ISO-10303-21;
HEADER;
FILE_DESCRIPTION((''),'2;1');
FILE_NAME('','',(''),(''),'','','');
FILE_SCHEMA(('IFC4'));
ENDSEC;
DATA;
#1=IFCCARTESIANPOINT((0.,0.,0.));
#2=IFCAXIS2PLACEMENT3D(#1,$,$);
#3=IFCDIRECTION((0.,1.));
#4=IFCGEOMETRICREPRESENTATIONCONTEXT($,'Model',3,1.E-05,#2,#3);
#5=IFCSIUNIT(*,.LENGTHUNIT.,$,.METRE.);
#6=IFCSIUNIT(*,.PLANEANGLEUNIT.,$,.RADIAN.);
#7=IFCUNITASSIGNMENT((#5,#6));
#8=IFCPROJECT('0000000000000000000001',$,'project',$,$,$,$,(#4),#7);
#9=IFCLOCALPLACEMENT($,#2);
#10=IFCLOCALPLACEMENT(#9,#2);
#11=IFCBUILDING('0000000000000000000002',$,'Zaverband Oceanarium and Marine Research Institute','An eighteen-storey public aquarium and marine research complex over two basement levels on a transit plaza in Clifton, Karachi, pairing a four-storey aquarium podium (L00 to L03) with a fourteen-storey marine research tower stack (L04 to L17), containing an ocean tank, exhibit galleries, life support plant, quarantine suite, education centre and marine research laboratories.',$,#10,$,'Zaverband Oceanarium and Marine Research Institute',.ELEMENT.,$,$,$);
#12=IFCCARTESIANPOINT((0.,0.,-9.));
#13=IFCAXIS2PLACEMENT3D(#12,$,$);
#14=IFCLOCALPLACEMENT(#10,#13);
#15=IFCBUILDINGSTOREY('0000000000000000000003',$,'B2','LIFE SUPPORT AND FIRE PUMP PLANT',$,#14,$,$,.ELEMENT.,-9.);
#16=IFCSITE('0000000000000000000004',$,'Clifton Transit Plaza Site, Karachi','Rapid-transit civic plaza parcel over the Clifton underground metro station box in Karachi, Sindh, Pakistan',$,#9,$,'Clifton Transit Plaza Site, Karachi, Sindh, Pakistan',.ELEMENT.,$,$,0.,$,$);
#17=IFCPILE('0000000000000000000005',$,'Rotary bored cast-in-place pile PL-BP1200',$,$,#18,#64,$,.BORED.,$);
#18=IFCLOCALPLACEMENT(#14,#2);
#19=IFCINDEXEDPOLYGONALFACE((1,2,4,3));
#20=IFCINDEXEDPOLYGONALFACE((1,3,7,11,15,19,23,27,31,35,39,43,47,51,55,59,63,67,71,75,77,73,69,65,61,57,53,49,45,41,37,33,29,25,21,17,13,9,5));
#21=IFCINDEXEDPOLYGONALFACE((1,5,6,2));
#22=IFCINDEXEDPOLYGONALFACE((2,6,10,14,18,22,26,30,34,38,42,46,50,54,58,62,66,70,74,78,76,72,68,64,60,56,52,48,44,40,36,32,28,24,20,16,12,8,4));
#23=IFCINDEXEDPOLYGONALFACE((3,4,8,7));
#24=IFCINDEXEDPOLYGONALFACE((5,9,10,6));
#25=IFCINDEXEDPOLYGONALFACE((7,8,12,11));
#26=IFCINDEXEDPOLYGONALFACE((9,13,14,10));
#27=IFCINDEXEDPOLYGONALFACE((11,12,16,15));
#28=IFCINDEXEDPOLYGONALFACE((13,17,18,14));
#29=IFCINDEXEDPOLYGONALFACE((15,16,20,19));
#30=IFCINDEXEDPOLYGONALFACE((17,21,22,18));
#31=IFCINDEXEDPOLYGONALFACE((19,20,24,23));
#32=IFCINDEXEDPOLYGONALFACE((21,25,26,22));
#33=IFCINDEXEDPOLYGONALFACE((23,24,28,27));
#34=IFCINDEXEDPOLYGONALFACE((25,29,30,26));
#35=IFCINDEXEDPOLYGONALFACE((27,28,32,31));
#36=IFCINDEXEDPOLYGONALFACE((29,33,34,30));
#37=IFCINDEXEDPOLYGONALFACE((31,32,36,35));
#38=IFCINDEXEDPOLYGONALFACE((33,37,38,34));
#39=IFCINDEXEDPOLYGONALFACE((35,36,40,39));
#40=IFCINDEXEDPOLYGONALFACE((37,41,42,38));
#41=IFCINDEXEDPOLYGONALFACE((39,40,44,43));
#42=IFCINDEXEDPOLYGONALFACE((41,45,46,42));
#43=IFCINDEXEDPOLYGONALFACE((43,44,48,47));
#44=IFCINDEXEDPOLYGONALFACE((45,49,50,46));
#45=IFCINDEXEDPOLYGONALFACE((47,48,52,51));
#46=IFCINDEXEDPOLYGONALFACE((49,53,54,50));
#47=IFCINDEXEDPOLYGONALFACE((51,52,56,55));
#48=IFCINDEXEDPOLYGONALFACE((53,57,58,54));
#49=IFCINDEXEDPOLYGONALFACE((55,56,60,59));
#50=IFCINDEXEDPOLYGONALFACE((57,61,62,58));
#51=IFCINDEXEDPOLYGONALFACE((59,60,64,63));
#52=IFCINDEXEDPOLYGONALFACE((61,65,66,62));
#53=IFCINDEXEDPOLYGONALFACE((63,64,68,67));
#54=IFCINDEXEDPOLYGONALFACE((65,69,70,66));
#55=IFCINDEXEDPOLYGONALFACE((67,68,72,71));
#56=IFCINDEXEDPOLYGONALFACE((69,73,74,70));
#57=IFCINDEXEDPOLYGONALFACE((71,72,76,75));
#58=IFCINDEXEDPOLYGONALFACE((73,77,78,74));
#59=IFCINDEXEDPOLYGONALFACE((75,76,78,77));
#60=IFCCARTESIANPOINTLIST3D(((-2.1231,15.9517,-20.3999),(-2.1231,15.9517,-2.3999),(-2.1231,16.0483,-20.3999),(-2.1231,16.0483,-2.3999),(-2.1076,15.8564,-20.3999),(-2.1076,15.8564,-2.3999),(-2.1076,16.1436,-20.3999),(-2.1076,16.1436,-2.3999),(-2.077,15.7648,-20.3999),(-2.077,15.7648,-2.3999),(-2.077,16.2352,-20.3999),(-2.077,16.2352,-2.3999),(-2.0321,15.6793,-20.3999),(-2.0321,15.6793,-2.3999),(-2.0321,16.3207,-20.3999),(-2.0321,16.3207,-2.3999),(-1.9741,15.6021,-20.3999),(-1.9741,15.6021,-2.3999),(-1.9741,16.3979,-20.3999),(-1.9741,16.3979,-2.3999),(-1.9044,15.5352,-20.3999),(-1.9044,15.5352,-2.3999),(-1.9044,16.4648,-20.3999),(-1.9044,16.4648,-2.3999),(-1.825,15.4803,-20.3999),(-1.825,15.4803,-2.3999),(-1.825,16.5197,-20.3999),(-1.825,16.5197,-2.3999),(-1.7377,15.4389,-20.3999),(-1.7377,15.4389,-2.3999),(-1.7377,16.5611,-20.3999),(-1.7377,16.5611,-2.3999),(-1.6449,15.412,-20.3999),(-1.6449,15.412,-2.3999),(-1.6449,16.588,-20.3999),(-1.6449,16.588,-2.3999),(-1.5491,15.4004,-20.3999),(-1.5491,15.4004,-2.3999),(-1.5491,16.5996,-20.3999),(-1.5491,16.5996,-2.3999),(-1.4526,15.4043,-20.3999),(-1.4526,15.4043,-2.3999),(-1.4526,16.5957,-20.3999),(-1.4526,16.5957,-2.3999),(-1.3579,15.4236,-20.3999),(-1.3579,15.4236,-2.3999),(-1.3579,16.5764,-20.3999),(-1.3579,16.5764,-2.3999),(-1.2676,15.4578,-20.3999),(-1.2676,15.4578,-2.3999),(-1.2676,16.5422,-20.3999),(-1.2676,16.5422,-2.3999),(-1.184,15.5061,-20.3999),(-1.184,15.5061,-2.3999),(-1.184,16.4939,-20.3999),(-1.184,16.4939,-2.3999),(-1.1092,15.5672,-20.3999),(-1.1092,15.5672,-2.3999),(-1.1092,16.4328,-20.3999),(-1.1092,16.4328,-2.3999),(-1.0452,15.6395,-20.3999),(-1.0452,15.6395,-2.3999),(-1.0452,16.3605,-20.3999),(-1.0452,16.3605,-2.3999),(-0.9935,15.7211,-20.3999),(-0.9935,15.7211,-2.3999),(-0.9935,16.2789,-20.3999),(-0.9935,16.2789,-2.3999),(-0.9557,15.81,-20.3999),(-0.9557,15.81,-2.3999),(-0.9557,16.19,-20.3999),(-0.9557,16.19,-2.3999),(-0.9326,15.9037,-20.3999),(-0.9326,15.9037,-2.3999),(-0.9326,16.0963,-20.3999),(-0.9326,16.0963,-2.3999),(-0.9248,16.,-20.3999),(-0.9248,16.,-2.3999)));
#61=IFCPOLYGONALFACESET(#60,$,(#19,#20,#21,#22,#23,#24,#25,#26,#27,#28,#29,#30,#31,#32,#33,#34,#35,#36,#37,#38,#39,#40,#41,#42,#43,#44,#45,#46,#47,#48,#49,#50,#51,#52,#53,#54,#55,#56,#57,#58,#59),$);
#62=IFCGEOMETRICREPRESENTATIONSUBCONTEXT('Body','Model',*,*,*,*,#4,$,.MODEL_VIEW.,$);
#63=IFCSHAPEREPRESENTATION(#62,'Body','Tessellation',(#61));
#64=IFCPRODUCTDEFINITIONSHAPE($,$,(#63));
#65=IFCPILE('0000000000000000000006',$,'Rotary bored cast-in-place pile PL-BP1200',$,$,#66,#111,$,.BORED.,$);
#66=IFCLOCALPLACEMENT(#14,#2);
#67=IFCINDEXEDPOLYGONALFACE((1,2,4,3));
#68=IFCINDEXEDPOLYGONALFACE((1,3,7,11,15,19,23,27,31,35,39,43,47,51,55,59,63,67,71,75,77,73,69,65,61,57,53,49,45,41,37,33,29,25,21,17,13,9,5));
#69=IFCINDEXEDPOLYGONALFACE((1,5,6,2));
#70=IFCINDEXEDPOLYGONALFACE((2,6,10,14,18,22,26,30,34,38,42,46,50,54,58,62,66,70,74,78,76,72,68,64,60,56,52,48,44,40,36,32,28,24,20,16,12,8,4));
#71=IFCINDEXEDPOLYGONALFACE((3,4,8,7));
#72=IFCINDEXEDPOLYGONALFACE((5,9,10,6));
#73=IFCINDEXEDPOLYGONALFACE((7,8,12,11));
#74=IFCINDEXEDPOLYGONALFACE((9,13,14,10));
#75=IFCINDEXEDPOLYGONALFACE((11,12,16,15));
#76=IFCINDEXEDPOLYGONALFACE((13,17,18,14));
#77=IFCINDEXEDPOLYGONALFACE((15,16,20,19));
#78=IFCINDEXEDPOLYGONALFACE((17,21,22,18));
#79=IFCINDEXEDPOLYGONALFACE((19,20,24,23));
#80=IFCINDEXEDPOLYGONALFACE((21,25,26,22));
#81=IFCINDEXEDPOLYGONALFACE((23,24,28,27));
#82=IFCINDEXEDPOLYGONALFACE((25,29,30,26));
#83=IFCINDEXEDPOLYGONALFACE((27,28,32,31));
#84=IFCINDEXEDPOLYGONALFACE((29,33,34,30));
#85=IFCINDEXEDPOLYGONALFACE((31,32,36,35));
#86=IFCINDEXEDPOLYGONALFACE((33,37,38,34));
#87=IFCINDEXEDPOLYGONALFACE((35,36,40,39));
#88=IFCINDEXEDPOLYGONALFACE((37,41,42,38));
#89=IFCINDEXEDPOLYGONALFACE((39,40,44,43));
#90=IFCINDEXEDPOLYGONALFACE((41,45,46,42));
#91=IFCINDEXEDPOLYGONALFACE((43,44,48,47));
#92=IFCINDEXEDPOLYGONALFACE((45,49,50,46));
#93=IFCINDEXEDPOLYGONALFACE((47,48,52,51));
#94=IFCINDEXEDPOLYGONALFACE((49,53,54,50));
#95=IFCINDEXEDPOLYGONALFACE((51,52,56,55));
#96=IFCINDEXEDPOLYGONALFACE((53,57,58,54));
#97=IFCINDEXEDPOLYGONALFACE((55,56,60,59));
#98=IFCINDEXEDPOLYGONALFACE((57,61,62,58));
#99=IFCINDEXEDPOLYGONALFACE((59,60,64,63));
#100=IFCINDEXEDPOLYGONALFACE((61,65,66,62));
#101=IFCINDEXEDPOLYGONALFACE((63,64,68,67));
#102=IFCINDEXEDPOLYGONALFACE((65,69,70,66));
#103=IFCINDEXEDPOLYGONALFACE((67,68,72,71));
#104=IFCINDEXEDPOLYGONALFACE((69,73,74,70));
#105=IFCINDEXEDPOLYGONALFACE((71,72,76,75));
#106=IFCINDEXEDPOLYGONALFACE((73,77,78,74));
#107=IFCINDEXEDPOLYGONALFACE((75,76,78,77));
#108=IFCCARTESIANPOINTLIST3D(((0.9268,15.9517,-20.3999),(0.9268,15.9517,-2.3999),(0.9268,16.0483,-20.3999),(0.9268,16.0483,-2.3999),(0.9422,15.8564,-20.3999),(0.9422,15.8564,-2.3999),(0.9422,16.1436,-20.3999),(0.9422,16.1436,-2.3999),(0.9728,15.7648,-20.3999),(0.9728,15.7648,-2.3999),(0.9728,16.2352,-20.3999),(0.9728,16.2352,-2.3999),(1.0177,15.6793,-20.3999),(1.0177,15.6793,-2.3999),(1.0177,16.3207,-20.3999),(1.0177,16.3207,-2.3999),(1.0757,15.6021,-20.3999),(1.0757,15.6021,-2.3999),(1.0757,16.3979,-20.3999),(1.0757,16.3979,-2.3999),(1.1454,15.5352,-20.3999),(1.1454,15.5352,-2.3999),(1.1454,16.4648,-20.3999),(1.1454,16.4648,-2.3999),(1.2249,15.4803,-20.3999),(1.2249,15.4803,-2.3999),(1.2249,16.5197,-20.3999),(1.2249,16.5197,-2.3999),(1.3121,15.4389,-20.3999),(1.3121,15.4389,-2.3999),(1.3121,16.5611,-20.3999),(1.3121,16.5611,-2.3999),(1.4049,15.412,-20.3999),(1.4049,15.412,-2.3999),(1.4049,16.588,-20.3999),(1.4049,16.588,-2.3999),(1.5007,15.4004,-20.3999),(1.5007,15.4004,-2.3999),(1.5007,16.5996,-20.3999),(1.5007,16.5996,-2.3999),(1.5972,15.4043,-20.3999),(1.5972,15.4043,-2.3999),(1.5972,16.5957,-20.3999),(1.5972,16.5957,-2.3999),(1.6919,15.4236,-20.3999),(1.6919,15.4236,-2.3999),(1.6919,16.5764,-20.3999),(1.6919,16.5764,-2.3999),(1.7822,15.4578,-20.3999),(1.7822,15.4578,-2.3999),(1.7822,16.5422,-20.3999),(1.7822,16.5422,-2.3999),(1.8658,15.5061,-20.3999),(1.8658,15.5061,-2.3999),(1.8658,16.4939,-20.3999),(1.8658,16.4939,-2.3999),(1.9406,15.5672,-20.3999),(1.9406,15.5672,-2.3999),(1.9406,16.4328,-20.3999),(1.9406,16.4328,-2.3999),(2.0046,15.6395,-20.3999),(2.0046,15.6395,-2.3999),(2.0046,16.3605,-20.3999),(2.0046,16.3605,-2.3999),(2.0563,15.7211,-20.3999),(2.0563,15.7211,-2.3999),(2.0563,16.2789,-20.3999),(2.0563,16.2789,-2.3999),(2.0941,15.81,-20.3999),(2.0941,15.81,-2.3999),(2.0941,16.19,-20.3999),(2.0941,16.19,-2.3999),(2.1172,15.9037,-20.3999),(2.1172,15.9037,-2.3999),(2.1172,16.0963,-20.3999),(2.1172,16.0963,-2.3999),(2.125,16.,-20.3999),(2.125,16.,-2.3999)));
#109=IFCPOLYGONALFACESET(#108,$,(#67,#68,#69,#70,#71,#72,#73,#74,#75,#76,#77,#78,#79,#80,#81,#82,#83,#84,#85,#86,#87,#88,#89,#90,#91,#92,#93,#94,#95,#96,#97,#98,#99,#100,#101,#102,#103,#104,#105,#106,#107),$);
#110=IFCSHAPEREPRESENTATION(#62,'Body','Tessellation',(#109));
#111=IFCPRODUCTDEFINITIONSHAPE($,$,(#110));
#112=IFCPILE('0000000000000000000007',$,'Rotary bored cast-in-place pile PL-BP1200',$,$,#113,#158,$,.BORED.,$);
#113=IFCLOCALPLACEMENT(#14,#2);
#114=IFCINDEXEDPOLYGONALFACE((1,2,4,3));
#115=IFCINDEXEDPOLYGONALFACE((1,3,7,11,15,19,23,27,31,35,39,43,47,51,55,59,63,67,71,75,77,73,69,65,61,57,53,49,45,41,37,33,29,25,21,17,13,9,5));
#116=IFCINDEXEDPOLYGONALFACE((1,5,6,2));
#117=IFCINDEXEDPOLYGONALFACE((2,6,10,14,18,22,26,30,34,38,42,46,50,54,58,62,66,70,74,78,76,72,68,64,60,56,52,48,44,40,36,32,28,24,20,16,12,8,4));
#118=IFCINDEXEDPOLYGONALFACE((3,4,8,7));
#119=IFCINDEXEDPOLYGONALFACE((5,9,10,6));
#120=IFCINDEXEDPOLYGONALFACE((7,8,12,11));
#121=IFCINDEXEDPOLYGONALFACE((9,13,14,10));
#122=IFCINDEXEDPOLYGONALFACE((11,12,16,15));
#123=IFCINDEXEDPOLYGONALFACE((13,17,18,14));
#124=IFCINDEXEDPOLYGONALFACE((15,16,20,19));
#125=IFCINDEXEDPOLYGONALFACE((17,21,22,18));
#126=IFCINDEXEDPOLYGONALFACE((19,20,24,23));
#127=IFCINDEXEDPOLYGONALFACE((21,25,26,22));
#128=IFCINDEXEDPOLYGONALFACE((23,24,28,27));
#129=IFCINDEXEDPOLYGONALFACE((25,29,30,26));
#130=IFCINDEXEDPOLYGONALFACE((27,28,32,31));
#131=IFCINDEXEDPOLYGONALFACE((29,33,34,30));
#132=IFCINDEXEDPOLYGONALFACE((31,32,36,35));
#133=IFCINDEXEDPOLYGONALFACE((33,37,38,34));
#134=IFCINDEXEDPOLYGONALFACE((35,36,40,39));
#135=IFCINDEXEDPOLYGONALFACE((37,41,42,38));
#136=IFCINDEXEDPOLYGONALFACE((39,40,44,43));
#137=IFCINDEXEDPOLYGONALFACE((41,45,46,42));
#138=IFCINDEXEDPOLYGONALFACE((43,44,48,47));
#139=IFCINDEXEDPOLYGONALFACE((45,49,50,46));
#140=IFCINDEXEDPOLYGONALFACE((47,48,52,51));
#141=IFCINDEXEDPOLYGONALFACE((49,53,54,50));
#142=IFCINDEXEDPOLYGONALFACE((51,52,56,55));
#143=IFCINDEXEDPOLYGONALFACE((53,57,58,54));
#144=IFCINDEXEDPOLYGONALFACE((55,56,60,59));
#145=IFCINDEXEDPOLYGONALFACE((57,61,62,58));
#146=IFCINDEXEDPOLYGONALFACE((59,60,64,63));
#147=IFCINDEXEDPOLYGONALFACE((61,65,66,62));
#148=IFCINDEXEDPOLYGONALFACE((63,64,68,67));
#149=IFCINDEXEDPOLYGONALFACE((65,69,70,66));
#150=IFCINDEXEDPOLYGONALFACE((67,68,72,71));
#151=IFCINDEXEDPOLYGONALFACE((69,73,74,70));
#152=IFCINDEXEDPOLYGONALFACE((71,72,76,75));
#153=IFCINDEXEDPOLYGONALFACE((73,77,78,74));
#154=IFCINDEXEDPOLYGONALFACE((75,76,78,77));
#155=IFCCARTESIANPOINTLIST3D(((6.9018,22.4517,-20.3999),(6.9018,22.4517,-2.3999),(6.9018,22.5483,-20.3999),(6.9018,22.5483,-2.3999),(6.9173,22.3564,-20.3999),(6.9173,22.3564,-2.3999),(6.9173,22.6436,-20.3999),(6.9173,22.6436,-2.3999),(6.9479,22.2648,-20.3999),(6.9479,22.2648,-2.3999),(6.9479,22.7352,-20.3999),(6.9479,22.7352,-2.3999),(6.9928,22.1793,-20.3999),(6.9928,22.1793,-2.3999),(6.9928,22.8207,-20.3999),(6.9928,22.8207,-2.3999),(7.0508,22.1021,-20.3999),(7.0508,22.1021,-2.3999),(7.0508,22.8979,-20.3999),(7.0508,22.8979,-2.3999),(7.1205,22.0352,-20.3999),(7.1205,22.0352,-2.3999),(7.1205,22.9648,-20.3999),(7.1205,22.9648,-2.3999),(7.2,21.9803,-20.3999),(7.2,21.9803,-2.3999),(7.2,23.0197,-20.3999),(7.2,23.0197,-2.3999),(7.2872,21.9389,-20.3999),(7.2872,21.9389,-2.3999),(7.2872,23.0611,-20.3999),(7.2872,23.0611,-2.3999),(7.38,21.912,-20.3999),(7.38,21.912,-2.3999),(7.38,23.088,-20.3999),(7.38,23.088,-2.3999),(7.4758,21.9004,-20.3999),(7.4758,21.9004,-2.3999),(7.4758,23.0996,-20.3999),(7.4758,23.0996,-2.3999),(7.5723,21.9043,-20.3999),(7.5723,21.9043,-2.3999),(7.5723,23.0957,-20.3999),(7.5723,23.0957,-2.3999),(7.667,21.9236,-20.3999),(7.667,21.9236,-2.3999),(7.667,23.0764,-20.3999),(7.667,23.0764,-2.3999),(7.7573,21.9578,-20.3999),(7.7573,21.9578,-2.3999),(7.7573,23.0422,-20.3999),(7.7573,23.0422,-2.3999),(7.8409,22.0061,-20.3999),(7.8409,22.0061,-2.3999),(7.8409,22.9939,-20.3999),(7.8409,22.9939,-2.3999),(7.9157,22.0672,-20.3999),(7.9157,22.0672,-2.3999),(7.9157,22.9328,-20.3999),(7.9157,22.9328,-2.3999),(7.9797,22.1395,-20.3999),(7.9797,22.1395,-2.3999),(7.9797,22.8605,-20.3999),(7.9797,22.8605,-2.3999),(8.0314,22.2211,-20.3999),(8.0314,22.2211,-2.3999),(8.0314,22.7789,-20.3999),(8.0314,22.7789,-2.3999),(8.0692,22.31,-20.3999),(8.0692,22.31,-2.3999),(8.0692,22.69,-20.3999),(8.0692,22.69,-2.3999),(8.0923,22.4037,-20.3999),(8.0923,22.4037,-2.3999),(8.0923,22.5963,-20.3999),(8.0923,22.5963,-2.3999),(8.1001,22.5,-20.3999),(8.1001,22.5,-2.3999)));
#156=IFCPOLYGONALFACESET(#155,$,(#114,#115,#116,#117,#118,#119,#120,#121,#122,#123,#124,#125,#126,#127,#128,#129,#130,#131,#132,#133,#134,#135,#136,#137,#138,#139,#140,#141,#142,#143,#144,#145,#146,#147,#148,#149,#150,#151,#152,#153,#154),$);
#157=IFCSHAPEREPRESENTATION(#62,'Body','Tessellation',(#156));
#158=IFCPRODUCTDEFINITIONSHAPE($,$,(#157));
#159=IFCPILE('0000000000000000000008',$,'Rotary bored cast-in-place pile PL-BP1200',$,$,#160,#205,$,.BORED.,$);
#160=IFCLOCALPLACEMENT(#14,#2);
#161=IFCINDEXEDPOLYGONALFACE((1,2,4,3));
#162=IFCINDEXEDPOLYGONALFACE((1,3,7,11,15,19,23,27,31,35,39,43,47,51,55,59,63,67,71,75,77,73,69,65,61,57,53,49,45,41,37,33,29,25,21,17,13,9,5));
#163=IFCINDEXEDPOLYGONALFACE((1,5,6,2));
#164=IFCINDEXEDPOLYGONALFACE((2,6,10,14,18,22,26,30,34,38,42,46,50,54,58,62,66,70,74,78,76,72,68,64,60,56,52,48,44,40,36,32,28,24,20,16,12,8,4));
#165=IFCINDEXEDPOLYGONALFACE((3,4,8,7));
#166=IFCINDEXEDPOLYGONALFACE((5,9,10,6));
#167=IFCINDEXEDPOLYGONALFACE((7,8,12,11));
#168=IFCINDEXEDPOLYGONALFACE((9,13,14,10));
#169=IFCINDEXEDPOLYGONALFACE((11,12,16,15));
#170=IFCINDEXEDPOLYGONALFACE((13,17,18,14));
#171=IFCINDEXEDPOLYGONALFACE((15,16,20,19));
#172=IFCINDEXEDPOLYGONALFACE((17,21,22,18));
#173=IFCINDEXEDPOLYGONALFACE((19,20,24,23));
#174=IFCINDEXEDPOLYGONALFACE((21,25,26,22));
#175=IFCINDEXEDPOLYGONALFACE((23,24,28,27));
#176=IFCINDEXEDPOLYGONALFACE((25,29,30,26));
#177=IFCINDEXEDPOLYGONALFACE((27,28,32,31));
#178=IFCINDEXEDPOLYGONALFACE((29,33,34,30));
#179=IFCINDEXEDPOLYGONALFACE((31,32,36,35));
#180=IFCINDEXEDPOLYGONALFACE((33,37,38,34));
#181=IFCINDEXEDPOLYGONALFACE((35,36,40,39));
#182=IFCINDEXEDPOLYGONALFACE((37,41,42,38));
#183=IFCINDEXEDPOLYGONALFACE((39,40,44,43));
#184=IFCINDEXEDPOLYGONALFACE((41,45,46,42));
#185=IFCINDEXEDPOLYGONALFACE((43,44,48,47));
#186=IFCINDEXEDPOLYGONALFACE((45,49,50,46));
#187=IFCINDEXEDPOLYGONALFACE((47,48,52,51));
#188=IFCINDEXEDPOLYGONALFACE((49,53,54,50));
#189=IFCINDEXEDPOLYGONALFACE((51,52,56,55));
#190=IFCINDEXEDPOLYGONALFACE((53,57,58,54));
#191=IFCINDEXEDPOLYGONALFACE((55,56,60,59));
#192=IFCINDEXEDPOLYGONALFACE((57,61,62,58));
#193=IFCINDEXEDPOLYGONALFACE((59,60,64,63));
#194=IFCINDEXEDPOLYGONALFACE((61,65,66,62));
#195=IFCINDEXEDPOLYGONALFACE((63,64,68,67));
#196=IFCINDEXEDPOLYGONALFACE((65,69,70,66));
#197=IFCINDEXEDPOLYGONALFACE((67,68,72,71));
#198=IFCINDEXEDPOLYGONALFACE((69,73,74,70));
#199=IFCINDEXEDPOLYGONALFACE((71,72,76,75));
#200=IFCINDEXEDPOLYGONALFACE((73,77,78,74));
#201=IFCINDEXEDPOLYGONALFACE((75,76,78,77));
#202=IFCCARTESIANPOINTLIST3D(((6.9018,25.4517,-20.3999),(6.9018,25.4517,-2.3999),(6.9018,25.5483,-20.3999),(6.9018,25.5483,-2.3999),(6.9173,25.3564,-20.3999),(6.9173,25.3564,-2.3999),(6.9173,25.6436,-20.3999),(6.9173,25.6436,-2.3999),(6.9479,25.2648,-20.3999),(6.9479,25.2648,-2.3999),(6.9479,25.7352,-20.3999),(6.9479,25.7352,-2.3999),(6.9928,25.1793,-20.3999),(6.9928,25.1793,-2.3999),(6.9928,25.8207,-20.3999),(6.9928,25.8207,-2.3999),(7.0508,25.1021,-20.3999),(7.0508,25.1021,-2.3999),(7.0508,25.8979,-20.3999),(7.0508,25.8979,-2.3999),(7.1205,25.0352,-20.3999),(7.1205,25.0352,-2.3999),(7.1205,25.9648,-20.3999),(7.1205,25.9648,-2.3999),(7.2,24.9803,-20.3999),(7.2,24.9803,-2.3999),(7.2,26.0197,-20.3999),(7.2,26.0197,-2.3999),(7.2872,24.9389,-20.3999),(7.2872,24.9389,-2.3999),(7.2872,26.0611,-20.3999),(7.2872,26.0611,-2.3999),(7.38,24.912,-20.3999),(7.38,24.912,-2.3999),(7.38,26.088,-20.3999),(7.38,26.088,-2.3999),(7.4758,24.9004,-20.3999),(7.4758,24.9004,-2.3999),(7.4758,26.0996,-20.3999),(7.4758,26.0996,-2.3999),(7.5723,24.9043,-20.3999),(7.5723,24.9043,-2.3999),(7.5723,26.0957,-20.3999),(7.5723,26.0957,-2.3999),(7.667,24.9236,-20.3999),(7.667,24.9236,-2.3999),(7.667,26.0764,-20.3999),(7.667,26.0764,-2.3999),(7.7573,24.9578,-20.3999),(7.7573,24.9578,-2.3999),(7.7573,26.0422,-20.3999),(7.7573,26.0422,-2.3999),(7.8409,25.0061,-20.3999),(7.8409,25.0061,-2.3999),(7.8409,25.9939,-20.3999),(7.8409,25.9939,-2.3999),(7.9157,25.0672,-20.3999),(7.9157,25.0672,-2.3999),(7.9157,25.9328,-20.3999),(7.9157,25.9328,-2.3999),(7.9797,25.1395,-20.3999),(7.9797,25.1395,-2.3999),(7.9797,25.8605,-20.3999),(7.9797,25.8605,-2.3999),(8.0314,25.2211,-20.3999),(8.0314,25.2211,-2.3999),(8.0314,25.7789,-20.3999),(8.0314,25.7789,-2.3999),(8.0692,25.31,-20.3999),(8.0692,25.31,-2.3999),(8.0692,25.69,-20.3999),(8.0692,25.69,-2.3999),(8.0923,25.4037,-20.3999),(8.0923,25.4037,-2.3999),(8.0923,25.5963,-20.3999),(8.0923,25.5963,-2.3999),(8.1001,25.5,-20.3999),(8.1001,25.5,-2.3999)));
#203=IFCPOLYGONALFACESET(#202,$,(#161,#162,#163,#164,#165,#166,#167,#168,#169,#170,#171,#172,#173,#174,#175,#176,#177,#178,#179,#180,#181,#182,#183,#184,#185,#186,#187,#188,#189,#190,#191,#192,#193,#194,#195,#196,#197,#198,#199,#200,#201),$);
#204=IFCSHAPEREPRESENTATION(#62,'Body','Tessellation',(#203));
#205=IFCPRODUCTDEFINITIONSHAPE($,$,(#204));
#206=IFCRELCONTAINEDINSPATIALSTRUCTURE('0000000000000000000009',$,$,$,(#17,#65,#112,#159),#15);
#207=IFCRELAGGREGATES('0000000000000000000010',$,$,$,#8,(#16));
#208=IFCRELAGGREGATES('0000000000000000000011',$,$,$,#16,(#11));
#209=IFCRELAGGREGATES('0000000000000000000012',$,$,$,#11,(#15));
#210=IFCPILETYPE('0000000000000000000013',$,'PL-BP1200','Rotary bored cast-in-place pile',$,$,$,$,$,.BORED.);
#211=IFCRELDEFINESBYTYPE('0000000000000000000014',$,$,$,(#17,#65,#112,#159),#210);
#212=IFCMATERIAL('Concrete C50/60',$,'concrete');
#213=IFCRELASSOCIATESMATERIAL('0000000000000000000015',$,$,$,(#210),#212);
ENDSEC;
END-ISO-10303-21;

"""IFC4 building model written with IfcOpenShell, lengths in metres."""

from ifc_helpers import new_model, si_unit, direction, frame, origin, origin_2d, place, context, subcontext, project, spatial, circle, extrude, material, material_profile, profile_set, type_object, element, save


model = new_model("IFC4")

# Units and contexts
model_context = context("Model", 3, precision=1e-05, world=origin(), true_north=direction((0.0, 1.0)))
body_context = subcontext(model_context, "Body", "Model", "MODEL_VIEW")
ifc_project = project(units=[si_unit("LENGTHUNIT", "METRE"), si_unit("PLANEANGLEUNIT", "RADIAN")], contexts=[model_context])

# Site, building, storey
site_placement = place(None, origin())
site = spatial("IfcSite", under=ifc_project, at=site_placement, Name="Clifton Transit Plaza Site, Karachi", Description="Rapid-transit civic plaza parcel over the Clifton underground metro station box in Karachi, Sindh, Pakistan", LongName="Clifton Transit Plaza Site, Karachi, Sindh, Pakistan", CompositionType="ELEMENT", RefElevation=0.0)
building_placement = place(site_placement, origin())
building = spatial("IfcBuilding", under=site, at=building_placement, Name="Zaverband Oceanarium and Marine Research Institute", Description="An eighteen-storey public aquarium and marine research complex over two basement levels on a transit plaza in Clifton, Karachi, pairing a four-storey aquarium podium (L00 to L03) with a fourteen-storey marine research tower stack (L04 to L17), containing an ocean tank, exhibit galleries, life support plant, quarantine suite, education centre and marine research laboratories.", LongName="Zaverband Oceanarium and Marine Research Institute", CompositionType="ELEMENT")
storey_placement = place(building_placement, frame((0.0, 0.0, -9.0)))
storey = spatial("IfcBuildingStorey", under=building, at=storey_placement, Name="B2", Description="LIFE SUPPORT AND FIRE PUMP PLANT", CompositionType="ELEMENT", Elevation=-9.0)

# Shared definitions
ifc_material_1 = material(Name="Concrete C50/60", Category="concrete")

# Piles
ifc_material_profile_1 = material_profile(ifc_material_1, circle(Radius=0.6001, at=origin_2d()), Name="BP1200")
ifc_profile_set_1 = profile_set([ifc_material_profile_1], Name="Concrete C50/60")
pile_type_1 = type_object("IfcPileType", Name="PL-BP1200", Description="Rotary bored cast-in-place pile", PredefinedType="BORED", material=ifc_profile_set_1)
for number, where, z_axis, x_axis, name in (
    (1, (-1.5249, 16.0, -2.3999), (0.0, 0.0, -1.0), (1.0, 0.0, 0.0), "Rotary bored cast-in-place pile PL-BP1200"),
    (2, (1.5249, 16.0, -2.3999), (0.0, 0.0, -1.0), (1.0, 0.0, 0.0), "Rotary bored cast-in-place pile PL-BP1200"),
    (3, (7.5, 22.5, -2.3999), (0.0, 0.0, -1.0), (1.0, 0.0, 0.0), "Rotary bored cast-in-place pile PL-BP1200"),
    (4, (7.5, 25.5, -2.3999), (0.0, 0.0, -1.0), (1.0, 0.0, 0.0), "Rotary bored cast-in-place pile PL-BP1200"),
):
    element("IfcPile", number, at=place(storey_placement, frame(where, z_axis=z_axis, x_axis=x_axis)), inside=storey, type_object=pile_type_1, Name=name, PredefinedType="BORED", context=body_context, shape_type="SweptSolid", body=[
        extrude(circle(Radius=0.6001, at=origin_2d()), origin(), (0.0, 0.0, 1.0), 18.0),
    ])

save(model, "model.ifc")
